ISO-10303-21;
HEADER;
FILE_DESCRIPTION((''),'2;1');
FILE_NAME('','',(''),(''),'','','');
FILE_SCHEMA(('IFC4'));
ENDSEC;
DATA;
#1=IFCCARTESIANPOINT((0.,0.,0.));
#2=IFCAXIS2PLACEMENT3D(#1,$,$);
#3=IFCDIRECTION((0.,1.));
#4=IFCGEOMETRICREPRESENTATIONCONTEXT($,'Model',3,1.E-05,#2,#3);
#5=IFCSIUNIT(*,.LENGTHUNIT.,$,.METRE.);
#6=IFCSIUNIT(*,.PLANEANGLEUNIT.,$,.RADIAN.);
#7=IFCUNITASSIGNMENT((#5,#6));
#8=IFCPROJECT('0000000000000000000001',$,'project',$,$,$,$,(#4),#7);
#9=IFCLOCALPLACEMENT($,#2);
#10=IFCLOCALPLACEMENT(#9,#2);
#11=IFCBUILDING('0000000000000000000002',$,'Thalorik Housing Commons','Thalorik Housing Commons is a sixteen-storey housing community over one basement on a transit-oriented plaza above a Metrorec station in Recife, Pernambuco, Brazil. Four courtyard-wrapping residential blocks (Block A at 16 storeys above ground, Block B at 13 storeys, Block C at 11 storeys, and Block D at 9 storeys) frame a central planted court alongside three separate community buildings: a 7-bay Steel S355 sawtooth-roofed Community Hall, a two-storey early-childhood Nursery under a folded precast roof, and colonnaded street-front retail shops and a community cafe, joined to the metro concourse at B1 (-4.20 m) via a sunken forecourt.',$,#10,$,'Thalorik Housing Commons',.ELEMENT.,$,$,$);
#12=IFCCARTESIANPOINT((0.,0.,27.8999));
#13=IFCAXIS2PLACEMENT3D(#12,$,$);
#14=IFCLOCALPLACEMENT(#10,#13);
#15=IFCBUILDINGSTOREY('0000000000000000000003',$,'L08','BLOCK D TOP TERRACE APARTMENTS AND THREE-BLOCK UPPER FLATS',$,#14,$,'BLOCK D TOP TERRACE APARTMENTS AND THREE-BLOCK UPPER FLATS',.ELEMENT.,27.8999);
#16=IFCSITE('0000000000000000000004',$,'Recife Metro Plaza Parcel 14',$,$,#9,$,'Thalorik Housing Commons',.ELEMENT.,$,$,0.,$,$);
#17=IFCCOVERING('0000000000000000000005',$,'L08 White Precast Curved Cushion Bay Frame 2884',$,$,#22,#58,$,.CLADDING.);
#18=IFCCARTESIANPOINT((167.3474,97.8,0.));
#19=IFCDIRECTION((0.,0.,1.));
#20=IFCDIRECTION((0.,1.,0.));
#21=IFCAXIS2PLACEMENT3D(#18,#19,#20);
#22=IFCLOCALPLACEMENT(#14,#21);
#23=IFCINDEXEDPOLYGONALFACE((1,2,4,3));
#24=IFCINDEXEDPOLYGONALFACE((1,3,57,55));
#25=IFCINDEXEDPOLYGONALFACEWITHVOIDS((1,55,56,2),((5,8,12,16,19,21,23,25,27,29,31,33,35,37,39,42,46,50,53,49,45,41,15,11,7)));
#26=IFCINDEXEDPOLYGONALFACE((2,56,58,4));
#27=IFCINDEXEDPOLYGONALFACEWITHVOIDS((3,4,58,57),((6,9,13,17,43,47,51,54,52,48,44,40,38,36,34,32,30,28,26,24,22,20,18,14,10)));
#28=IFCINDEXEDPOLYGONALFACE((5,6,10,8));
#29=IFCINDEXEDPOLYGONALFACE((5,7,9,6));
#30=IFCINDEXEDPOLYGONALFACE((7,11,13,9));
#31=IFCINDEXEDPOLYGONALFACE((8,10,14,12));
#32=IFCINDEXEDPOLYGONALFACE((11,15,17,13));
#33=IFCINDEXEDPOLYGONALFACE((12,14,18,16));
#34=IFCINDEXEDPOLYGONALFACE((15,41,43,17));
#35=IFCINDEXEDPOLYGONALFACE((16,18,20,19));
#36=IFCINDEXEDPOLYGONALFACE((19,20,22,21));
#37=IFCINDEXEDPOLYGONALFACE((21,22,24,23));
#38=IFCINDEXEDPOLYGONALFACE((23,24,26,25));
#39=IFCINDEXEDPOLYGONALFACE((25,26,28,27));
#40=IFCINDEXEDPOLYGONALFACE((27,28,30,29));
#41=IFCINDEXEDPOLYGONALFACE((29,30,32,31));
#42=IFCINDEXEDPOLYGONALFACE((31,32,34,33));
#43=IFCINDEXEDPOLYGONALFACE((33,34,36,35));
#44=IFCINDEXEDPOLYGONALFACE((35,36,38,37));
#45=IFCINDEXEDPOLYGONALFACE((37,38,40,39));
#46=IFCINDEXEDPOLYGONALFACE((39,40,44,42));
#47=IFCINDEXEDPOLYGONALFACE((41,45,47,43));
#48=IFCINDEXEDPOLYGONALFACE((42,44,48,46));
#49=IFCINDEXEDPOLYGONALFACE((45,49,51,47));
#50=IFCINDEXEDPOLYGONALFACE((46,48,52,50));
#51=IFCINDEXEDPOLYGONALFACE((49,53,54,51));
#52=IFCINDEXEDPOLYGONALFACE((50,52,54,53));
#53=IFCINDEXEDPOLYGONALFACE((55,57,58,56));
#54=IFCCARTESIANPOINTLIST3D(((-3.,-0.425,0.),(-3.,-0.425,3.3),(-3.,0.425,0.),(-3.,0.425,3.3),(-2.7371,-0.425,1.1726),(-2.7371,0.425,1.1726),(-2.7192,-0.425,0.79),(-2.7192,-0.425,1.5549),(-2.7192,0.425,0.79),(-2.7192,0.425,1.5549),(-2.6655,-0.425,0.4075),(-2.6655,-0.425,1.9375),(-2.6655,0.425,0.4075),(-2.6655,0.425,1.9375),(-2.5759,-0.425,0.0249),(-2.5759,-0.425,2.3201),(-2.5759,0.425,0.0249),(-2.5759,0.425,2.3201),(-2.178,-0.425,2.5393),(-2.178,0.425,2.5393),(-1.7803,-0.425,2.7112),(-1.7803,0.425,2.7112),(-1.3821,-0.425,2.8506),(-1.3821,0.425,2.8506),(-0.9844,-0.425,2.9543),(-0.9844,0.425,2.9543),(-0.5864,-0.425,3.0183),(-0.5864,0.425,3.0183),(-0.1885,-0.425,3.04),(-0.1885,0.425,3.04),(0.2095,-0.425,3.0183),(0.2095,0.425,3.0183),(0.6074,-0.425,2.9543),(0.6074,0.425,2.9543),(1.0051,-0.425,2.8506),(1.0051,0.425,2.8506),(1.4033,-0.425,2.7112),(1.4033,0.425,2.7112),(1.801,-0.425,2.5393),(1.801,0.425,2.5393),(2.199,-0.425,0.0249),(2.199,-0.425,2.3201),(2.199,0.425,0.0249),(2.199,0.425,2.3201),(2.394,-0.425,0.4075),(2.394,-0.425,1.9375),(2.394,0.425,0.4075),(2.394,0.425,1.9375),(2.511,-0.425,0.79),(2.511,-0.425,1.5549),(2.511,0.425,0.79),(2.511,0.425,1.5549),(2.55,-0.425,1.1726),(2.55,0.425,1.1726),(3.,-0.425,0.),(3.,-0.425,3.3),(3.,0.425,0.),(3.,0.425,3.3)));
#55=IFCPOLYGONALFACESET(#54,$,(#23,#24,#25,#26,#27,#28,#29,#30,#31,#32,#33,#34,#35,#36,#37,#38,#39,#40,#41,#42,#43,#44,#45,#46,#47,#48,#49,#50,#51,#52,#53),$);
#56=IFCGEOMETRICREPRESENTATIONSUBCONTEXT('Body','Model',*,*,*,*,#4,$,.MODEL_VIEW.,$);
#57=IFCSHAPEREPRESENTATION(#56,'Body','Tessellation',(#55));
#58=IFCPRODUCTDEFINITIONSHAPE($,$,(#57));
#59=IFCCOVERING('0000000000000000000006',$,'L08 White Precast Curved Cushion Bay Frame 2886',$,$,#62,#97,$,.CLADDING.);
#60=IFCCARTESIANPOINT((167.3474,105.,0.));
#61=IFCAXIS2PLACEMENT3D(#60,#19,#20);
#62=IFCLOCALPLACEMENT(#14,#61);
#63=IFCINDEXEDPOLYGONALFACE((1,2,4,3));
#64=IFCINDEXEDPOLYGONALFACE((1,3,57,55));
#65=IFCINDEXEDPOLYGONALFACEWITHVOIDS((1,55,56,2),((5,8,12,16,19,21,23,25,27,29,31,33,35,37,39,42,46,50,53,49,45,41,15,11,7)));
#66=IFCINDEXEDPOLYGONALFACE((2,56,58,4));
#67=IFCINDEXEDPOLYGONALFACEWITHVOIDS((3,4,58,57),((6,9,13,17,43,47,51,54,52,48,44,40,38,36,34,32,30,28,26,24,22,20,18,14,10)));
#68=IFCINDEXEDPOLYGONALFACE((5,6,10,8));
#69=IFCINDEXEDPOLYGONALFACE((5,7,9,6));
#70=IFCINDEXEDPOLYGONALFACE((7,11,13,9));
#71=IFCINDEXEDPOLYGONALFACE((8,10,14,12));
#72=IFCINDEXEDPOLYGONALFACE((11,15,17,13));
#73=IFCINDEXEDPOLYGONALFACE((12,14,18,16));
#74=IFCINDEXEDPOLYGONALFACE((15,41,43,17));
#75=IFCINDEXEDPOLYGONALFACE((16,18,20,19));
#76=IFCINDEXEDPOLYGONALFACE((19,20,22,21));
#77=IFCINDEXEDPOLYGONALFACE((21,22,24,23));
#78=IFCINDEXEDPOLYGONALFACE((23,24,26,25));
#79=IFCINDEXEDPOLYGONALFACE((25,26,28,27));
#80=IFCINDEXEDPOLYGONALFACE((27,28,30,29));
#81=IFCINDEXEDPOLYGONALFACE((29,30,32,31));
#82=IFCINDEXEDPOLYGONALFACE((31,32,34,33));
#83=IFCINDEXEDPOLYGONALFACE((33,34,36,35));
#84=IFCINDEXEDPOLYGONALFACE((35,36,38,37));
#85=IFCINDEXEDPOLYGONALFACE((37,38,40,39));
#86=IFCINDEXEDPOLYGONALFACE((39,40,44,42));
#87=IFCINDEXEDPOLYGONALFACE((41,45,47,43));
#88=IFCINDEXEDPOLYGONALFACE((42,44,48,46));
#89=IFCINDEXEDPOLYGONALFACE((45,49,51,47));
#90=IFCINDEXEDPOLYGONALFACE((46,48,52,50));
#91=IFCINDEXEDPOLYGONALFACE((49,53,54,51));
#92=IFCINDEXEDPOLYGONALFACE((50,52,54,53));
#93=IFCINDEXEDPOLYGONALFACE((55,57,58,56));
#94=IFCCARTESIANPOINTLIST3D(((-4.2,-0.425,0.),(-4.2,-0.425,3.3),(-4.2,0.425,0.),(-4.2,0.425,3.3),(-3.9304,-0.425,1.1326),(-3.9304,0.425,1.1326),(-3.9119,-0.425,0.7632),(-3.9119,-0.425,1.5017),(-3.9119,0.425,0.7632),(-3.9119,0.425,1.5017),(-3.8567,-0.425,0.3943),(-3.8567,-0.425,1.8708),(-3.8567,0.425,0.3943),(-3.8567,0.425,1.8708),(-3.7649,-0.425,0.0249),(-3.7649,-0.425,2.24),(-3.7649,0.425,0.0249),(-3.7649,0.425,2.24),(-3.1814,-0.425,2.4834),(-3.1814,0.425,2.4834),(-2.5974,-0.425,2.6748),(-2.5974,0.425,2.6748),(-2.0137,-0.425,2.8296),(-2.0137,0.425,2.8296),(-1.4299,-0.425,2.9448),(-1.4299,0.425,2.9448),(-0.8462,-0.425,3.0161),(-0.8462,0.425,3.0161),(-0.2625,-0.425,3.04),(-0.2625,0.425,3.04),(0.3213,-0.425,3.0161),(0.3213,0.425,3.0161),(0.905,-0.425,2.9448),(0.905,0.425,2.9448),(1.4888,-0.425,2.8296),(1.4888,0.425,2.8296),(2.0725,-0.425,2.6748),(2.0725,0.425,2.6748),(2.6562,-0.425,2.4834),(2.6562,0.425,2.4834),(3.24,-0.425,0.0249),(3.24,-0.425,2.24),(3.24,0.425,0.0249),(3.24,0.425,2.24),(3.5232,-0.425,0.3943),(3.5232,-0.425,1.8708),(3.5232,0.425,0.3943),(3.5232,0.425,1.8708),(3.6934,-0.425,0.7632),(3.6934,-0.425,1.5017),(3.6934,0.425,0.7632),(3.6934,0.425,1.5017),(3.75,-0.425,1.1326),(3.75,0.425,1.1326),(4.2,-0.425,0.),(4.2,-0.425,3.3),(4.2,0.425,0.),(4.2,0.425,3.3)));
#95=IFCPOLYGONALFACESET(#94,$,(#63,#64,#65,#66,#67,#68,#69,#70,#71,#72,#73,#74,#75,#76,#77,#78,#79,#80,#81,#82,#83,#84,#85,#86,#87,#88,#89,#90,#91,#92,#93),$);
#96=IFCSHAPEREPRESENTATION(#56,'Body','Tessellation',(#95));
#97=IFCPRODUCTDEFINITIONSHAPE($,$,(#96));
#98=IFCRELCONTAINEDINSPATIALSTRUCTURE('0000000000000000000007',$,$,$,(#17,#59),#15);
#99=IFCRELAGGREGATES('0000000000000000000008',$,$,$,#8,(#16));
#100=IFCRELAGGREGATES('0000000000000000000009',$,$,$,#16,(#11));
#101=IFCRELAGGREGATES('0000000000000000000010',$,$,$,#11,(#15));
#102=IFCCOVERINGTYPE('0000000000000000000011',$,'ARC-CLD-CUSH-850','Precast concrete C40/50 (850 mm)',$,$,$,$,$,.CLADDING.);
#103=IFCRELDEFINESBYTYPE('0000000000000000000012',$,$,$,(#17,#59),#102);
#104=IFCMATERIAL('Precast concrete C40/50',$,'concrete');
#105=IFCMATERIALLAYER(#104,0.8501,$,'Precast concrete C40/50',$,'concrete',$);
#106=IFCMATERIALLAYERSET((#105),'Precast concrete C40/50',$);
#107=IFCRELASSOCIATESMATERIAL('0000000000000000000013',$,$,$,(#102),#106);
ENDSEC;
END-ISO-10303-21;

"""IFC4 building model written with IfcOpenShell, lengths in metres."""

from ifc_helpers import new_model, si_unit, direction, frame, origin, place, context, subcontext, project, spatial, polyline, outline, extrude, material, layer, layer_set, type_object, element, save


model = new_model("IFC4")

# Units and contexts
model_context = context("Model", 3, precision=1e-05, world=origin(), true_north=direction((0.0, 1.0)))
body_context = subcontext(model_context, "Body", "Model", "MODEL_VIEW")
ifc_project = project(units=[si_unit("LENGTHUNIT", "METRE"), si_unit("PLANEANGLEUNIT", "RADIAN")], contexts=[model_context])

# Site, building, storey
site_placement = place(None, origin())
site = spatial("IfcSite", under=ifc_project, at=site_placement, Name="Recife Metro Plaza Parcel 14", LongName="Thalorik Housing Commons", CompositionType="ELEMENT", RefElevation=0.0)
building_placement = place(site_placement, origin())
building = spatial("IfcBuilding", under=site, at=building_placement, Name="Thalorik Housing Commons", Description="Thalorik Housing Commons is a sixteen-storey housing community over one basement on a transit-oriented plaza above a Metrorec station in Recife, Pernambuco, Brazil. Four courtyard-wrapping residential blocks (Block A at 16 storeys above ground, Block B at 13 storeys, Block C at 11 storeys, and Block D at 9 storeys) frame a central planted court alongside three separate community buildings: a 7-bay Steel S355 sawtooth-roofed Community Hall, a two-storey early-childhood Nursery under a folded precast roof, and colonnaded street-front retail shops and a community cafe, joined to the metro concourse at B1 (-4.20 m) via a sunken forecourt.", LongName="Thalorik Housing Commons", CompositionType="ELEMENT")
storey_placement = place(building_placement, frame((0.0, 0.0, 27.8999)))
storey = spatial("IfcBuildingStorey", under=building, at=storey_placement, Name="L08", Description="BLOCK D TOP TERRACE APARTMENTS AND THREE-BLOCK UPPER FLATS", LongName="BLOCK D TOP TERRACE APARTMENTS AND THREE-BLOCK UPPER FLATS", CompositionType="ELEMENT", Elevation=27.8999)

# Shared definitions
ifc_material_1 = material(Name="Precast concrete C40/50", Category="concrete")

# Coverings
ifc_layer_1 = layer(ifc_material_1, 0.8501, Name="Precast concrete C40/50", Category="concrete")
ifc_layer_set_1 = layer_set([ifc_layer_1], Name="Precast concrete C40/50")
covering_type_1 = type_object("IfcCoveringType", Name="ARC-CLD-CUSH-850", Description="Precast concrete C40/50 (850 mm)", PredefinedType="CLADDING", material=ifc_layer_set_1)
covering_1_placement = place(storey_placement, frame((167.3474, 97.8, 0.0), z_axis=(0.0, 0.0, 1.0), x_axis=(0.0, 1.0, 0.0)))
element("IfcCovering", 1, at=covering_1_placement, inside=storey, type_object=covering_type_1, Name="L08 White Precast Curved Cushion Bay Frame 2884", PredefinedType="CLADDING", context=body_context, shape_type="SweptSolid", body=[
    extrude(outline(polyline([(-3.0, 0.0), (3.0, 0.0), (3.0, 3.3), (-3.0, 3.3), (-3.0, 0.0)]), holes=[polyline([(2.199, 0.0249), (2.394, 0.4075), (2.511, 0.79), (2.55, 1.1726), (2.511, 1.5549), (2.394, 1.9375), (2.199, 2.3201), (1.801, 2.5393), (1.4033, 2.7112), (1.0051, 2.8506), (0.6074, 2.9543), (0.2095, 3.0183), (-0.1885, 3.04), (-0.5864, 3.0183), (-0.9844, 2.9543), (-1.3821, 2.8506), (-1.7803, 2.7112), (-2.178, 2.5393), (-2.5759, 2.3201), (-2.6655, 1.9375), (-2.7192, 1.5549), (-2.7371, 1.1726), (-2.7192, 0.79), (-2.6655, 0.4075), (-2.5759, 0.0249), (2.199, 0.0249)])]), frame((0.0, 0.425, 0.0), z_axis=(0.0, -1.0, 0.0), x_axis=(1.0, 0.0, 0.0)), (0.0, 0.0, 1.0), 0.8501),
])
covering_2_placement = place(storey_placement, frame((167.3474, 105.0, 0.0), z_axis=(0.0, 0.0, 1.0), x_axis=(0.0, 1.0, 0.0)))
element("IfcCovering", 2, at=covering_2_placement, inside=storey, type_object=covering_type_1, Name="L08 White Precast Curved Cushion Bay Frame 2886", PredefinedType="CLADDING", context=body_context, shape_type="SweptSolid", body=[
    extrude(outline(polyline([(-4.2, 0.0), (4.2, 0.0), (4.2, 3.3), (-4.2, 3.3), (-4.2, 0.0)]), holes=[polyline([(3.24, 0.0249), (3.5232, 0.3943), (3.6934, 0.7632), (3.75, 1.1326), (3.6934, 1.5017), (3.5232, 1.8708), (3.24, 2.24), (2.6562, 2.4834), (2.0725, 2.6748), (1.4888, 2.8296), (0.905, 2.9448), (0.3213, 3.0161), (-0.2625, 3.04), (-0.8462, 3.0161), (-1.4299, 2.9448), (-2.0137, 2.8296), (-2.5974, 2.6748), (-3.1814, 2.4834), (-3.7649, 2.24), (-3.8567, 1.8708), (-3.9119, 1.5017), (-3.9304, 1.1326), (-3.9119, 0.7632), (-3.8567, 0.3943), (-3.7649, 0.0249), (3.24, 0.0249)])]), frame((0.0, 0.425, 0.0), z_axis=(0.0, -1.0, 0.0), x_axis=(1.0, 0.0, 0.0)), (0.0, 0.0, 1.0), 0.8501),
])

save(model, "model.ifc")
